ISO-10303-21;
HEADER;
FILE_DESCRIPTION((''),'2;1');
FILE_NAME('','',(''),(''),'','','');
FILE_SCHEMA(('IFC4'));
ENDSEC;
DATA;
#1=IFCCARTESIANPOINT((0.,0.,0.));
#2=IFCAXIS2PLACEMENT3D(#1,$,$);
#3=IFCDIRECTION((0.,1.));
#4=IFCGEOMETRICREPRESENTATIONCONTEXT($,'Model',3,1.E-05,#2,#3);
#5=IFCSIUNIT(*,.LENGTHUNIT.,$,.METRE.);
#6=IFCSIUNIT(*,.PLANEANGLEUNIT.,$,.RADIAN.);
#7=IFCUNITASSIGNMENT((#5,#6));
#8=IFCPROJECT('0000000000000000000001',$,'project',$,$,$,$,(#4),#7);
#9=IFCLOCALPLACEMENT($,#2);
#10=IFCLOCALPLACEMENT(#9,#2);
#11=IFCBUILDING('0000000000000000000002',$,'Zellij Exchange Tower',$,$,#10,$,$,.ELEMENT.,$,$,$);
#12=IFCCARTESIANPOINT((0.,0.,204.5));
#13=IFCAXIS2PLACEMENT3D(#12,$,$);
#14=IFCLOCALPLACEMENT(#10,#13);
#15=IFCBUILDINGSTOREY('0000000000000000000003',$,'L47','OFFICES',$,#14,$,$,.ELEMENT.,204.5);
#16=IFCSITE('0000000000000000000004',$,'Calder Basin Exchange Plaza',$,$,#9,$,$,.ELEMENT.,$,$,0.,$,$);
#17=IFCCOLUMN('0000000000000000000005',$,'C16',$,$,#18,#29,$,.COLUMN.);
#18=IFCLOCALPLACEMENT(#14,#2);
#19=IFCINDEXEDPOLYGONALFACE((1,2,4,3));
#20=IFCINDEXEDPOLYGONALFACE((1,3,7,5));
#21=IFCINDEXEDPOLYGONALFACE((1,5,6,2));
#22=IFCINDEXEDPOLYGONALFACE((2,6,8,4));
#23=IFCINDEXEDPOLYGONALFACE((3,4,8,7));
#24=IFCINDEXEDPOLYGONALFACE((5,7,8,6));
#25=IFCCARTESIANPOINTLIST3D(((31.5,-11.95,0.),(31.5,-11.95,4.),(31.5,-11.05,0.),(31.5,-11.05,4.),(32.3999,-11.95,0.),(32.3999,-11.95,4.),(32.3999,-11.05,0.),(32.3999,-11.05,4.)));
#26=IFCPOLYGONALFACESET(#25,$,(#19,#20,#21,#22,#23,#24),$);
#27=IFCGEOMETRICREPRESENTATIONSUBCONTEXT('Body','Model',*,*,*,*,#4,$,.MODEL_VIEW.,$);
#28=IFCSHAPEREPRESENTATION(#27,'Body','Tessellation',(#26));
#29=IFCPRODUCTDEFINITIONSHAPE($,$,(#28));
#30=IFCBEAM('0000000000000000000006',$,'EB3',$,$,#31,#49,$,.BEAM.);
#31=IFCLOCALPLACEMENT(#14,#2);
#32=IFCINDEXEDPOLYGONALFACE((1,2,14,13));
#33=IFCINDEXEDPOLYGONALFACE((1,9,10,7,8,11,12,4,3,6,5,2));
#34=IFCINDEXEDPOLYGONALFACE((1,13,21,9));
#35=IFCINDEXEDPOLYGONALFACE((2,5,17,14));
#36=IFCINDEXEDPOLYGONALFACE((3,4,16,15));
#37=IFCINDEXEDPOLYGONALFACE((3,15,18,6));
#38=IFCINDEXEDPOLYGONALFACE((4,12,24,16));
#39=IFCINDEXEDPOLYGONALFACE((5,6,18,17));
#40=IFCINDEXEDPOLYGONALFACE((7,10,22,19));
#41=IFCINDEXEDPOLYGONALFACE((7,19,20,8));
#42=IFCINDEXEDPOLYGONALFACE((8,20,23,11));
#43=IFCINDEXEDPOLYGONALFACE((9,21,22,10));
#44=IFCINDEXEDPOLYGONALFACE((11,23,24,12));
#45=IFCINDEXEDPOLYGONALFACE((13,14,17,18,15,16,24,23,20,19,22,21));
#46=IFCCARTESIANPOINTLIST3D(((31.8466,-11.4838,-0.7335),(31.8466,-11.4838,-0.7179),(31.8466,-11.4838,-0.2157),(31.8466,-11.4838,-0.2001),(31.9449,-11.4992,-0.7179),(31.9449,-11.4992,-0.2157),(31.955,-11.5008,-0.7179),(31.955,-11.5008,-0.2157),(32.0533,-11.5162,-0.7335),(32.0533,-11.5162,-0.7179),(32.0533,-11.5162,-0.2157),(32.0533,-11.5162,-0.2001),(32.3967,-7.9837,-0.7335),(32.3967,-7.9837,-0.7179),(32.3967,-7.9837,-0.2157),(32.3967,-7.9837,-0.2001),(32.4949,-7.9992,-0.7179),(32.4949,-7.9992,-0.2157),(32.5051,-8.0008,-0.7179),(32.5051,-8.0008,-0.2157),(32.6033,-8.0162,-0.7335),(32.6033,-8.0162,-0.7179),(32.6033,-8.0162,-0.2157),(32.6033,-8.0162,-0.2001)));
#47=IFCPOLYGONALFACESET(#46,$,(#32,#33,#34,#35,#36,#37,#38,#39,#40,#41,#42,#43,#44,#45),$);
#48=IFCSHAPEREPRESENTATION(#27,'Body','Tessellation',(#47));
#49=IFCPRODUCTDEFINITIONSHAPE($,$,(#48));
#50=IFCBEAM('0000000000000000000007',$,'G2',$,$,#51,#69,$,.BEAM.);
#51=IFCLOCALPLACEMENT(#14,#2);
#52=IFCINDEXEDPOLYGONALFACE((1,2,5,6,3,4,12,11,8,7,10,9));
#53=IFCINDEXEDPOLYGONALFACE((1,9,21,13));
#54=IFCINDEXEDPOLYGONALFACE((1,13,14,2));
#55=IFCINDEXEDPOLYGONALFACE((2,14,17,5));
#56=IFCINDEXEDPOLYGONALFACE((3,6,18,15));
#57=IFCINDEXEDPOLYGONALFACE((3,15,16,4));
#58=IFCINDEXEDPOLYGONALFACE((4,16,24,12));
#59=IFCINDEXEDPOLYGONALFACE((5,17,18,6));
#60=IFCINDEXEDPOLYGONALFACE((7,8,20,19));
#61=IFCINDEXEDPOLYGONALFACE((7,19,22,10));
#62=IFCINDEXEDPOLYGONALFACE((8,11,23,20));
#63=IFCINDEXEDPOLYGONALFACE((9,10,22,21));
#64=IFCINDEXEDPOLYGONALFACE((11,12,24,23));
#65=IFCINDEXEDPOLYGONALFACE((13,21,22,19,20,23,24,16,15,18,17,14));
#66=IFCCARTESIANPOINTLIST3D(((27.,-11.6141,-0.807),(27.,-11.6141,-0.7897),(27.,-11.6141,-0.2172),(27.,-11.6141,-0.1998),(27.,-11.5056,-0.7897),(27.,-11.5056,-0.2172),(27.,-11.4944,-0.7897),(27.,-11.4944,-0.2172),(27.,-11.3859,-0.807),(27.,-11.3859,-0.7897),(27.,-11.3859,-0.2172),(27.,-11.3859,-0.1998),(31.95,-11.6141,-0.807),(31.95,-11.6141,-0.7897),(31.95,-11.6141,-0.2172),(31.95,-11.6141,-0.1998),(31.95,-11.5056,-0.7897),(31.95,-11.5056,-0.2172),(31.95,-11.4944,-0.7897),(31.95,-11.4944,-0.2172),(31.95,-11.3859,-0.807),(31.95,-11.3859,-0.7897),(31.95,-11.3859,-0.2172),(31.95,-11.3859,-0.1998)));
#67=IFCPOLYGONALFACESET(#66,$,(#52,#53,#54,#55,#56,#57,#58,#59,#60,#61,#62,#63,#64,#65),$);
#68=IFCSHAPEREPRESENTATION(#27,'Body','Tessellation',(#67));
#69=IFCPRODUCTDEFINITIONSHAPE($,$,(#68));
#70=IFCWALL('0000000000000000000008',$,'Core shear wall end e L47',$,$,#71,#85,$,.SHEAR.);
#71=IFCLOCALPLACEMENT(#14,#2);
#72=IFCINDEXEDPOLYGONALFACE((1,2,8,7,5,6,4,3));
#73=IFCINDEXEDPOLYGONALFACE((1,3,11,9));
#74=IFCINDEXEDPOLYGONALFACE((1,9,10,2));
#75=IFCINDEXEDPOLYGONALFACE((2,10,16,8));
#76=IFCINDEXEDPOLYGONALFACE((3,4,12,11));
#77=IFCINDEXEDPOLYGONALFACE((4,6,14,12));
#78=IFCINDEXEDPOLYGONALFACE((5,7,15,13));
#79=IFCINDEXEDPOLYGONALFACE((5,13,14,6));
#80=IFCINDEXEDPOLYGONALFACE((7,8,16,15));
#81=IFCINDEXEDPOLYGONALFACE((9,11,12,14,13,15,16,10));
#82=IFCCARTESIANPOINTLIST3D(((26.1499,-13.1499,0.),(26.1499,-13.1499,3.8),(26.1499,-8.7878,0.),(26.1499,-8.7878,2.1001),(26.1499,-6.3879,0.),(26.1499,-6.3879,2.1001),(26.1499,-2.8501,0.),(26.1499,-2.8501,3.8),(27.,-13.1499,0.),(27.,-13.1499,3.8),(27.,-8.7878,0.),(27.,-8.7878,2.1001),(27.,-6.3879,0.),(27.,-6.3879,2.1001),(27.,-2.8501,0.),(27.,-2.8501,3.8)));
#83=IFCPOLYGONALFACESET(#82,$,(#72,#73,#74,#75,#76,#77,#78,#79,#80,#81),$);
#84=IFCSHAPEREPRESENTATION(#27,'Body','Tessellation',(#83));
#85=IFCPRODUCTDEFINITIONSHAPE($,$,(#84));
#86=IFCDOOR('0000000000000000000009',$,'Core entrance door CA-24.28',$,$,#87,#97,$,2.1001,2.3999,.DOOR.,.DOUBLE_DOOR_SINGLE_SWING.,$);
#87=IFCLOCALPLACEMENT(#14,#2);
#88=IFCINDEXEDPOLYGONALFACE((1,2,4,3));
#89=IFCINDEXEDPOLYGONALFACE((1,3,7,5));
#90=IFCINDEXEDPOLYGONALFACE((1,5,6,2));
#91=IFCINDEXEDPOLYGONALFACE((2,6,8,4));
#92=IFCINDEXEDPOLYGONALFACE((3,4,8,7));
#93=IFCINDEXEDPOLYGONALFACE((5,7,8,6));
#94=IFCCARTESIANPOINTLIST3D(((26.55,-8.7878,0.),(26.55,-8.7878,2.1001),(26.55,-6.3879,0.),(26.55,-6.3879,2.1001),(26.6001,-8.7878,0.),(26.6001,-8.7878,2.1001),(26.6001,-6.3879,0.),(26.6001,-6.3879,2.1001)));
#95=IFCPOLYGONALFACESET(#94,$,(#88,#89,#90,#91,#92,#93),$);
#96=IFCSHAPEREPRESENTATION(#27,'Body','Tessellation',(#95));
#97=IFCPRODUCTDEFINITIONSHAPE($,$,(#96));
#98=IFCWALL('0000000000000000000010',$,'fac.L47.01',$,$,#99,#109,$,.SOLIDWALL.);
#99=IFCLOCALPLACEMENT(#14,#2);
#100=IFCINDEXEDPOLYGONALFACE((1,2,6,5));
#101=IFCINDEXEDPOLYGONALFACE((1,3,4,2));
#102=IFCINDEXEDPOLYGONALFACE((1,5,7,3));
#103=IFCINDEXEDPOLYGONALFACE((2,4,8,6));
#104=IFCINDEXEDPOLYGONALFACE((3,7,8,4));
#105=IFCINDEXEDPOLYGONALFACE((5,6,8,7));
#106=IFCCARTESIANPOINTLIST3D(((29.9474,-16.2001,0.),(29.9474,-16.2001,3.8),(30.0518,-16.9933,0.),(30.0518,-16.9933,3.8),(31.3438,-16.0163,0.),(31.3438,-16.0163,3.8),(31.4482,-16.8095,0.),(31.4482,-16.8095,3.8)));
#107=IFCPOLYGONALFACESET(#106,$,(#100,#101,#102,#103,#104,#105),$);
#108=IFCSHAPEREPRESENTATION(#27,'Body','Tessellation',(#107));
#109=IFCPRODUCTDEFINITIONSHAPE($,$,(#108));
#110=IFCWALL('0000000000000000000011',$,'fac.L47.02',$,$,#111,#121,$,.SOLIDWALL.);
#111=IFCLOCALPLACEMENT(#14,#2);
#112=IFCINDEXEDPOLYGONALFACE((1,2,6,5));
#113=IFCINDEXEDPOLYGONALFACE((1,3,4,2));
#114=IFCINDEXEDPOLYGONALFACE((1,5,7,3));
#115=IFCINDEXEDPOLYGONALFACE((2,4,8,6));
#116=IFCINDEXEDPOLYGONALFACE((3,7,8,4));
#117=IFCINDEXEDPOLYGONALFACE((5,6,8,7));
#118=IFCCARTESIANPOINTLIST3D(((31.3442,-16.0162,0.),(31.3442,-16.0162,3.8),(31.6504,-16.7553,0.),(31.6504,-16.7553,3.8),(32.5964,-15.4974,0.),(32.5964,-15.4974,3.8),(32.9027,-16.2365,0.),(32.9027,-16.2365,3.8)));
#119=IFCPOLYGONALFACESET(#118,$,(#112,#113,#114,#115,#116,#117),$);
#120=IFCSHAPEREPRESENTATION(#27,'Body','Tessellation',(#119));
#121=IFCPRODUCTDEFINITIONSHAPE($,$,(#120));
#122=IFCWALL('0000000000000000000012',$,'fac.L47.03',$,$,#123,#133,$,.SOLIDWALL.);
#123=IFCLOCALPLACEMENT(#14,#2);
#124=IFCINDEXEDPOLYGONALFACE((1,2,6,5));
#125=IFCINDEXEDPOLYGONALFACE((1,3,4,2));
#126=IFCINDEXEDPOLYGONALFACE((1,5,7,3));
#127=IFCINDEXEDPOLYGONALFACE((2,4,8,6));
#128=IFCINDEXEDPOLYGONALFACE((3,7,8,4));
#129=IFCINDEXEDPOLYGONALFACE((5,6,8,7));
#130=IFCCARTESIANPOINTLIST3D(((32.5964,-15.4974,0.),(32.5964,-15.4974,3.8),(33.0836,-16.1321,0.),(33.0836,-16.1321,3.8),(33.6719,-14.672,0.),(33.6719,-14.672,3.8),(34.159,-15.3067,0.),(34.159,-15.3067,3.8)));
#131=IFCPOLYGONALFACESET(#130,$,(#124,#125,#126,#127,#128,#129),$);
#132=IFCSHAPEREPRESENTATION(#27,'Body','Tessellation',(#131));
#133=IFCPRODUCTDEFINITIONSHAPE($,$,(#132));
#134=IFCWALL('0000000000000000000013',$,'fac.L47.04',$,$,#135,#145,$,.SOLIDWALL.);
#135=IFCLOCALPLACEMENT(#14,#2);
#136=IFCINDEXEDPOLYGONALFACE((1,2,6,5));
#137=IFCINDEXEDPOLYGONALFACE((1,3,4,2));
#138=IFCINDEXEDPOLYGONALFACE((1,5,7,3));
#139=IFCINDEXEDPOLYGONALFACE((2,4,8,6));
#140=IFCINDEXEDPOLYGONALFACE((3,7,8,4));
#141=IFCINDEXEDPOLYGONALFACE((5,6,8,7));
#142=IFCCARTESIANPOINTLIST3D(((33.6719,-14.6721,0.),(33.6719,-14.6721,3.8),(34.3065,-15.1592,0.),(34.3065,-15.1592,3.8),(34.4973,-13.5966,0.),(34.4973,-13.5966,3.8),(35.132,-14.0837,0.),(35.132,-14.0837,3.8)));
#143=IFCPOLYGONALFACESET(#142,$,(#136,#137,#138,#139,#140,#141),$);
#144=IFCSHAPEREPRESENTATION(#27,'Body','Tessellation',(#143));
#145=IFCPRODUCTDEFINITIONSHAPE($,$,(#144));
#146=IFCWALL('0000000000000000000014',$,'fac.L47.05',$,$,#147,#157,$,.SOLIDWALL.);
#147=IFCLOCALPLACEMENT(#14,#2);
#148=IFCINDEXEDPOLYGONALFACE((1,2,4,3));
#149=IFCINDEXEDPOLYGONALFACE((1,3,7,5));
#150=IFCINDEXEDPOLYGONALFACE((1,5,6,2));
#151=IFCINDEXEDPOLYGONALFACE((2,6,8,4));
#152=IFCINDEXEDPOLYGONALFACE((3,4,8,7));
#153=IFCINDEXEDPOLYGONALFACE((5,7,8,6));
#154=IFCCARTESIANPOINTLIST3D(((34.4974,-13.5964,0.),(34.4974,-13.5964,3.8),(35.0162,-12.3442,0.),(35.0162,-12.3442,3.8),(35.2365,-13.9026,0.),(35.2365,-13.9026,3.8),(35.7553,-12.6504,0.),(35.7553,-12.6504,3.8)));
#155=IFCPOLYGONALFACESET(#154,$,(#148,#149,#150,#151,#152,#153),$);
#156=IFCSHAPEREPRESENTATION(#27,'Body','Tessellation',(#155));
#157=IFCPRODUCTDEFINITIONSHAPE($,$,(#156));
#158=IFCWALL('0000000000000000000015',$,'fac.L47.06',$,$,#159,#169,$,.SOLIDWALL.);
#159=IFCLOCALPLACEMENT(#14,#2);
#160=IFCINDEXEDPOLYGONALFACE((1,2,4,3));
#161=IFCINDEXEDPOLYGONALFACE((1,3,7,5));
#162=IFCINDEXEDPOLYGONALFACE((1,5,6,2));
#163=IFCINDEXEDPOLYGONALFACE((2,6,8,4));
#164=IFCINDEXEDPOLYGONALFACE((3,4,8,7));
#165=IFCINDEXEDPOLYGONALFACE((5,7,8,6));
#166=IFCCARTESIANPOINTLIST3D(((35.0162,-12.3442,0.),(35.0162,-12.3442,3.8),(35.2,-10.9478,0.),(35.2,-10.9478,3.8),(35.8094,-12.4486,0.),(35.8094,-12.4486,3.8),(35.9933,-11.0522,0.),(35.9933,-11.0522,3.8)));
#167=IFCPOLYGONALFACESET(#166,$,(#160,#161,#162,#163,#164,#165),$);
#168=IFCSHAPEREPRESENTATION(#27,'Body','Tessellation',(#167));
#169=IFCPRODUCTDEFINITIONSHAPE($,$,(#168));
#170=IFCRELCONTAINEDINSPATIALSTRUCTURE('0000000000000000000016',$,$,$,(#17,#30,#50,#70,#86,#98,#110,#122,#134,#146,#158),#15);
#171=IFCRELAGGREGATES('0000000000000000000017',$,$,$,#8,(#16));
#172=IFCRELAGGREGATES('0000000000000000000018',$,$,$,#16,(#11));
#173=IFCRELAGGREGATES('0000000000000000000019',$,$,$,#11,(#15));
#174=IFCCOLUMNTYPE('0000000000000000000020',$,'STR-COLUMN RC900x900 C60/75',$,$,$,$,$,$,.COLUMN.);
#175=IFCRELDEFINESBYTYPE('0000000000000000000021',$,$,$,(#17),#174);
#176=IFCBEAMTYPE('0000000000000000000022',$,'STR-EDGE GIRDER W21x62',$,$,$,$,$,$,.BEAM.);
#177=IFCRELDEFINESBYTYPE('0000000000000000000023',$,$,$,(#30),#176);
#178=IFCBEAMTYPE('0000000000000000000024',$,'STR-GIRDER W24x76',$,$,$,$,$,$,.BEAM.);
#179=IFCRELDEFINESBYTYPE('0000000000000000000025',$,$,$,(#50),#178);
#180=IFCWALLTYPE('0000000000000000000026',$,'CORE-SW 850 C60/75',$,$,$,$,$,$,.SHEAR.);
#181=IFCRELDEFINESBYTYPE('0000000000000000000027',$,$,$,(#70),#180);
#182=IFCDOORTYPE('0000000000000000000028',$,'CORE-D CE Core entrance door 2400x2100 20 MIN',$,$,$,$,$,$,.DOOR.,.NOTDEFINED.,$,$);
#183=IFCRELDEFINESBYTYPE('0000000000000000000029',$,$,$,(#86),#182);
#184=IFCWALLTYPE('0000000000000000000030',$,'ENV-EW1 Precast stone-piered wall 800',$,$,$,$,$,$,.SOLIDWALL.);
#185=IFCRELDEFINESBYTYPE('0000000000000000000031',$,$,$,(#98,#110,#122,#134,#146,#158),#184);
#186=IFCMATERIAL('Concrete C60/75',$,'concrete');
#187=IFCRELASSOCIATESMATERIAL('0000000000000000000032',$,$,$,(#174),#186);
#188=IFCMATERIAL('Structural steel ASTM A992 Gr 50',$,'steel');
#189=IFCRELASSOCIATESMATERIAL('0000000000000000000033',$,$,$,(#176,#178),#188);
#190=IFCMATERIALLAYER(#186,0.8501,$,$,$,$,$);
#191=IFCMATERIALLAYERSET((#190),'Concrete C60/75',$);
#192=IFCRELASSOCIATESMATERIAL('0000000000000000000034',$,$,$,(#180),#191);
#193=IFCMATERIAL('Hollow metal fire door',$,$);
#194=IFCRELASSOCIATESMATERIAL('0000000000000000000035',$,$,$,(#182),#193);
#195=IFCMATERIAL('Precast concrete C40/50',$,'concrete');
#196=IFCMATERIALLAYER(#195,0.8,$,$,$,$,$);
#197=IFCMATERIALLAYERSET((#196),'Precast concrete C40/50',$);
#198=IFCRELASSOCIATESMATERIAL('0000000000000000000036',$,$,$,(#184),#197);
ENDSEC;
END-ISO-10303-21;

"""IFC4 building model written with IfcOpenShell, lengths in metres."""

from ifc_helpers import new_model, si_unit, direction, frame, frame_2d, origin, origin_2d, place, context, subcontext, project, spatial, rectangle, i_section, extrude, material, layer, layer_set, material_profile, profile_set, type_object, element, fill, save


model = new_model("IFC4")

# Units and contexts
model_context = context("Model", 3, precision=1e-05, world=origin(), true_north=direction((0.0, 1.0)))
body_context = subcontext(model_context, "Body", "Model", "MODEL_VIEW")
ifc_project = project(units=[si_unit("LENGTHUNIT", "METRE"), si_unit("PLANEANGLEUNIT", "RADIAN")], contexts=[model_context])

# Site, building, storey
site_placement = place(None, origin())
site = spatial("IfcSite", under=ifc_project, at=site_placement, Name="Calder Basin Exchange Plaza", CompositionType="ELEMENT", RefElevation=0.0)
building_placement = place(site_placement, origin())
building = spatial("IfcBuilding", under=site, at=building_placement, Name="Zellij Exchange Tower", CompositionType="ELEMENT")
storey_placement = place(building_placement, frame((0.0, 0.0, 204.5)))
storey = spatial("IfcBuildingStorey", under=building, at=storey_placement, Name="L47", Description="OFFICES", CompositionType="ELEMENT", Elevation=204.5)

# Column
ifc_material_1 = material(Name="Concrete C60/75", Category="concrete")
ifc_material_profile_1 = material_profile(ifc_material_1, rectangle(XDim=0.8999, YDim=0.8999, at=origin_2d()), Name="STR-COLUMN RC900x900 C60/75")
ifc_profile_set_1 = profile_set([ifc_material_profile_1], Name="Concrete C60/75")
column_type = type_object("IfcColumnType", Name="STR-COLUMN RC900x900 C60/75", PredefinedType="COLUMN", material=ifc_profile_set_1)
column_placement = place(storey_placement, frame((31.95, -11.5, 0.0), z_axis=(0.0, 0.0, 1.0), x_axis=(1.0, 0.0, 0.0)))
element("IfcColumn", 1, at=column_placement, inside=storey, type_object=column_type, Name="C16", PredefinedType="COLUMN", context=body_context, shape_type="SweptSolid", body=[
    extrude(rectangle(XDim=0.8999, YDim=0.8999, at=origin_2d()), origin(), (0.0, 0.0, 1.0), 4.0),
])

# Beams
ifc_material_2 = material(Name="Structural steel ASTM A992 Gr 50", Category="steel")
ifc_material_profile_2 = material_profile(ifc_material_2, i_section(OverallWidth=0.2092, OverallDepth=0.5334, WebThickness=0.0103, FlangeThickness=0.0156, at=origin_2d()), Name="W21x62")
ifc_profile_set_2 = profile_set([ifc_material_profile_2], Name="Structural steel ASTM A992 Gr 50")
beam_type_1 = type_object("IfcBeamType", Name="STR-EDGE GIRDER W21x62", PredefinedType="BEAM", material=ifc_profile_set_2)
beam_1_placement = place(storey_placement, frame((31.95, -11.5, -0.4668), z_axis=(0.155251, 0.987875, 0.0), x_axis=(-0.987875, 0.155251, 0.0)))
element("IfcBeam", 2, at=beam_1_placement, inside=storey, type_object=beam_type_1, Name="EB3", PredefinedType="BEAM", context=body_context, shape_type="SweptSolid", body=[
    extrude(i_section(OverallWidth=0.2092, OverallDepth=0.5334, WebThickness=0.0103, FlangeThickness=0.0156, at=origin_2d()), origin(), (0.0, 0.0, 1.0), 3.543),
])
ifc_material_profile_3 = material_profile(ifc_material_2, i_section(OverallWidth=0.2283, OverallDepth=0.6072, WebThickness=0.0112, FlangeThickness=0.0173, at=origin_2d()), Name="W24x76")
ifc_profile_set_3 = profile_set([ifc_material_profile_3], Name="Structural steel ASTM A992 Gr 50")
beam_type_2 = type_object("IfcBeamType", Name="STR-GIRDER W24x76", PredefinedType="BEAM", material=ifc_profile_set_3)
beam_2_placement = place(storey_placement, frame((27.0, -11.5, -0.5034), z_axis=(1.0, 0.0, 0.0), x_axis=(0.0, 1.0, 0.0)))
element("IfcBeam", 3, at=beam_2_placement, inside=storey, type_object=beam_type_2, Name="G2", PredefinedType="BEAM", context=body_context, shape_type="SweptSolid", body=[
    extrude(i_section(OverallWidth=0.2283, OverallDepth=0.6072, WebThickness=0.0112, FlangeThickness=0.0173, at=origin_2d()), origin(), (0.0, 0.0, 1.0), 4.95),
])

# Wall, opening, door
ifc_layer_1 = layer(ifc_material_1, 0.8501)
ifc_layer_set_1 = layer_set([ifc_layer_1], Name="Concrete C60/75")
wall_type_1 = type_object("IfcWallType", Name="CORE-SW 850 C60/75", PredefinedType="SHEAR", material=ifc_layer_set_1)
wall_1_placement = place(storey_placement, frame((26.575, -13.1499, 0.0), z_axis=(0.0, 0.0, 1.0), x_axis=(0.0, 1.0, 0.0)))
wall_1 = element("IfcWall", 4, at=wall_1_placement, inside=storey, type_object=wall_type_1, Name="Core shear wall end e L47", PredefinedType="SHEAR", context=body_context, shape_type="SweptSolid", body=[
    extrude(rectangle(XDim=10.2998, YDim=0.8501, at=frame_2d((5.1499, 0.0))), origin(), (0.0, 0.0, 1.0), 3.8),
])
opening_1_placement = place(wall_1_placement, frame((4.3621, 0.0, 0.0)))
opening_1 = element("IfcOpeningElement", 5, at=opening_1_placement, cuts=wall_1, PredefinedType="OPENING", context=body_context, shape_type="SweptSolid", body=[
    extrude(rectangle(XDim=2.3999, YDim=2.1001, at=frame_2d((1.2, 1.05))), frame((0.0, 0.437, 0.0), z_axis=(0.0, -1.0, 0.0), x_axis=(1.0, 0.0, 0.0)), (0.0, 0.0, 1.0), 0.874),
])
ifc_material_3 = material(Name="Hollow metal fire door")
door_type_1 = type_object("IfcDoorType", Name="CORE-D CE Core entrance door 2400x2100 20 MIN", OperationType="NOTDEFINED", PredefinedType="DOOR", material=ifc_material_3)
door_1_placement = place(opening_1_placement, origin())
door_1 = element("IfcDoor", 6, at=door_1_placement, inside=storey, type_object=door_type_1, Name="Core entrance door CA-24.28", OperationType="DOUBLE_DOOR_SINGLE_SWING", OverallHeight=2.1001, OverallWidth=2.3999, PredefinedType="DOOR", context=body_context, shape_type="SweptSolid", body=[
    extrude(rectangle(XDim=2.3999, YDim=2.1001, at=frame_2d((1.2, 1.05))), frame((0.0, 0.0249, 0.0), z_axis=(0.0, -1.0, 0.0), x_axis=(1.0, 0.0, 0.0)), (0.0, 0.0, 1.0), 0.05),
])
fill(opening_1, door_1)

# Walls
ifc_material_4 = material(Name="Precast concrete C40/50", Category="concrete")
ifc_layer_2 = layer(ifc_material_4, 0.8)
ifc_layer_set_2 = layer_set([ifc_layer_2], Name="Precast concrete C40/50")
wall_type_2 = type_object("IfcWallType", Name="ENV-EW1 Precast stone-piered wall 800", PredefinedType="SOLIDWALL", material=ifc_layer_set_2)
wall_2_placement = place(storey_placement, frame((29.9998, -16.5967, 0.0), z_axis=(0.0, 0.0, 1.0), x_axis=(0.991446, 0.130517, 0.0)))
element("IfcWall", 7, at=wall_2_placement, inside=storey, type_object=wall_type_2, Name="fac.L47.01", PredefinedType="SOLIDWALL", context=body_context, shape_type="SweptSolid", body=[
    extrude(rectangle(XDim=1.4084, YDim=0.8, at=frame_2d((0.7041, 0.0))), origin(), (0.0, 0.0, 1.0), 3.8),
])
wall_3_placement = place(storey_placement, frame((31.4973, -16.3857, 0.0), z_axis=(0.0, 0.0, 1.0), x_axis=(0.923848, 0.38276, 0.0)))
element("IfcWall", 8, at=wall_3_placement, inside=storey, type_object=wall_type_2, Name="fac.L47.02", PredefinedType="SOLIDWALL", context=body_context, shape_type="SweptSolid", body=[
    extrude(rectangle(XDim=1.3555, YDim=0.8, at=frame_2d((0.6777, 0.0))), origin(), (0.0, 0.0, 1.0), 3.8),
])
for number, where, z_axis, x_axis, name in (
    (9, (32.8401, -15.8147, 0.0), (0.0, 0.0, 1.0), (0.793273, 0.608866, 0.0), "fac.L47.03"),
    (10, (33.9893, -14.9155, 0.0), (0.0, 0.0, 1.0), (0.608866, 0.793273, 0.0), "fac.L47.04"),
):
    element("IfcWall", number, at=place(storey_placement, frame(where, z_axis=z_axis, x_axis=x_axis)), inside=storey, type_object=wall_type_2, Name=name, PredefinedType="SOLIDWALL", context=body_context, shape_type="SweptSolid", body=[
        extrude(rectangle(XDim=1.3557, YDim=0.8, at=frame_2d((0.6777, 0.0))), origin(), (0.0, 0.0, 1.0), 3.8),
    ])
wall_4_placement = place(storey_placement, frame((34.8669, -13.7495, 0.0), z_axis=(0.0, 0.0, 1.0), x_axis=(0.38276, 0.923848, 0.0)))
element("IfcWall", 11, at=wall_4_placement, inside=storey, type_object=wall_type_2, Name="fac.L47.05", PredefinedType="SOLIDWALL", context=body_context, shape_type="SweptSolid", body=[
    extrude(rectangle(XDim=1.3555, YDim=0.8, at=frame_2d((0.6777, 0.0))), origin(), (0.0, 0.0, 1.0), 3.8),
])
wall_5_placement = place(storey_placement, frame((35.4128, -12.3962, 0.0), z_axis=(0.0, 0.0, 1.0), x_axis=(0.130517, 0.991446, 0.0)))
element("IfcWall", 12, at=wall_5_placement, inside=storey, type_object=wall_type_2, Name="fac.L47.06", PredefinedType="SOLIDWALL", context=body_context, shape_type="SweptSolid", body=[
    extrude(rectangle(XDim=1.4084, YDim=0.8, at=frame_2d((0.7041, 0.0))), origin(), (0.0, 0.0, 1.0), 3.8),
])

save(model, "model.ifc")
